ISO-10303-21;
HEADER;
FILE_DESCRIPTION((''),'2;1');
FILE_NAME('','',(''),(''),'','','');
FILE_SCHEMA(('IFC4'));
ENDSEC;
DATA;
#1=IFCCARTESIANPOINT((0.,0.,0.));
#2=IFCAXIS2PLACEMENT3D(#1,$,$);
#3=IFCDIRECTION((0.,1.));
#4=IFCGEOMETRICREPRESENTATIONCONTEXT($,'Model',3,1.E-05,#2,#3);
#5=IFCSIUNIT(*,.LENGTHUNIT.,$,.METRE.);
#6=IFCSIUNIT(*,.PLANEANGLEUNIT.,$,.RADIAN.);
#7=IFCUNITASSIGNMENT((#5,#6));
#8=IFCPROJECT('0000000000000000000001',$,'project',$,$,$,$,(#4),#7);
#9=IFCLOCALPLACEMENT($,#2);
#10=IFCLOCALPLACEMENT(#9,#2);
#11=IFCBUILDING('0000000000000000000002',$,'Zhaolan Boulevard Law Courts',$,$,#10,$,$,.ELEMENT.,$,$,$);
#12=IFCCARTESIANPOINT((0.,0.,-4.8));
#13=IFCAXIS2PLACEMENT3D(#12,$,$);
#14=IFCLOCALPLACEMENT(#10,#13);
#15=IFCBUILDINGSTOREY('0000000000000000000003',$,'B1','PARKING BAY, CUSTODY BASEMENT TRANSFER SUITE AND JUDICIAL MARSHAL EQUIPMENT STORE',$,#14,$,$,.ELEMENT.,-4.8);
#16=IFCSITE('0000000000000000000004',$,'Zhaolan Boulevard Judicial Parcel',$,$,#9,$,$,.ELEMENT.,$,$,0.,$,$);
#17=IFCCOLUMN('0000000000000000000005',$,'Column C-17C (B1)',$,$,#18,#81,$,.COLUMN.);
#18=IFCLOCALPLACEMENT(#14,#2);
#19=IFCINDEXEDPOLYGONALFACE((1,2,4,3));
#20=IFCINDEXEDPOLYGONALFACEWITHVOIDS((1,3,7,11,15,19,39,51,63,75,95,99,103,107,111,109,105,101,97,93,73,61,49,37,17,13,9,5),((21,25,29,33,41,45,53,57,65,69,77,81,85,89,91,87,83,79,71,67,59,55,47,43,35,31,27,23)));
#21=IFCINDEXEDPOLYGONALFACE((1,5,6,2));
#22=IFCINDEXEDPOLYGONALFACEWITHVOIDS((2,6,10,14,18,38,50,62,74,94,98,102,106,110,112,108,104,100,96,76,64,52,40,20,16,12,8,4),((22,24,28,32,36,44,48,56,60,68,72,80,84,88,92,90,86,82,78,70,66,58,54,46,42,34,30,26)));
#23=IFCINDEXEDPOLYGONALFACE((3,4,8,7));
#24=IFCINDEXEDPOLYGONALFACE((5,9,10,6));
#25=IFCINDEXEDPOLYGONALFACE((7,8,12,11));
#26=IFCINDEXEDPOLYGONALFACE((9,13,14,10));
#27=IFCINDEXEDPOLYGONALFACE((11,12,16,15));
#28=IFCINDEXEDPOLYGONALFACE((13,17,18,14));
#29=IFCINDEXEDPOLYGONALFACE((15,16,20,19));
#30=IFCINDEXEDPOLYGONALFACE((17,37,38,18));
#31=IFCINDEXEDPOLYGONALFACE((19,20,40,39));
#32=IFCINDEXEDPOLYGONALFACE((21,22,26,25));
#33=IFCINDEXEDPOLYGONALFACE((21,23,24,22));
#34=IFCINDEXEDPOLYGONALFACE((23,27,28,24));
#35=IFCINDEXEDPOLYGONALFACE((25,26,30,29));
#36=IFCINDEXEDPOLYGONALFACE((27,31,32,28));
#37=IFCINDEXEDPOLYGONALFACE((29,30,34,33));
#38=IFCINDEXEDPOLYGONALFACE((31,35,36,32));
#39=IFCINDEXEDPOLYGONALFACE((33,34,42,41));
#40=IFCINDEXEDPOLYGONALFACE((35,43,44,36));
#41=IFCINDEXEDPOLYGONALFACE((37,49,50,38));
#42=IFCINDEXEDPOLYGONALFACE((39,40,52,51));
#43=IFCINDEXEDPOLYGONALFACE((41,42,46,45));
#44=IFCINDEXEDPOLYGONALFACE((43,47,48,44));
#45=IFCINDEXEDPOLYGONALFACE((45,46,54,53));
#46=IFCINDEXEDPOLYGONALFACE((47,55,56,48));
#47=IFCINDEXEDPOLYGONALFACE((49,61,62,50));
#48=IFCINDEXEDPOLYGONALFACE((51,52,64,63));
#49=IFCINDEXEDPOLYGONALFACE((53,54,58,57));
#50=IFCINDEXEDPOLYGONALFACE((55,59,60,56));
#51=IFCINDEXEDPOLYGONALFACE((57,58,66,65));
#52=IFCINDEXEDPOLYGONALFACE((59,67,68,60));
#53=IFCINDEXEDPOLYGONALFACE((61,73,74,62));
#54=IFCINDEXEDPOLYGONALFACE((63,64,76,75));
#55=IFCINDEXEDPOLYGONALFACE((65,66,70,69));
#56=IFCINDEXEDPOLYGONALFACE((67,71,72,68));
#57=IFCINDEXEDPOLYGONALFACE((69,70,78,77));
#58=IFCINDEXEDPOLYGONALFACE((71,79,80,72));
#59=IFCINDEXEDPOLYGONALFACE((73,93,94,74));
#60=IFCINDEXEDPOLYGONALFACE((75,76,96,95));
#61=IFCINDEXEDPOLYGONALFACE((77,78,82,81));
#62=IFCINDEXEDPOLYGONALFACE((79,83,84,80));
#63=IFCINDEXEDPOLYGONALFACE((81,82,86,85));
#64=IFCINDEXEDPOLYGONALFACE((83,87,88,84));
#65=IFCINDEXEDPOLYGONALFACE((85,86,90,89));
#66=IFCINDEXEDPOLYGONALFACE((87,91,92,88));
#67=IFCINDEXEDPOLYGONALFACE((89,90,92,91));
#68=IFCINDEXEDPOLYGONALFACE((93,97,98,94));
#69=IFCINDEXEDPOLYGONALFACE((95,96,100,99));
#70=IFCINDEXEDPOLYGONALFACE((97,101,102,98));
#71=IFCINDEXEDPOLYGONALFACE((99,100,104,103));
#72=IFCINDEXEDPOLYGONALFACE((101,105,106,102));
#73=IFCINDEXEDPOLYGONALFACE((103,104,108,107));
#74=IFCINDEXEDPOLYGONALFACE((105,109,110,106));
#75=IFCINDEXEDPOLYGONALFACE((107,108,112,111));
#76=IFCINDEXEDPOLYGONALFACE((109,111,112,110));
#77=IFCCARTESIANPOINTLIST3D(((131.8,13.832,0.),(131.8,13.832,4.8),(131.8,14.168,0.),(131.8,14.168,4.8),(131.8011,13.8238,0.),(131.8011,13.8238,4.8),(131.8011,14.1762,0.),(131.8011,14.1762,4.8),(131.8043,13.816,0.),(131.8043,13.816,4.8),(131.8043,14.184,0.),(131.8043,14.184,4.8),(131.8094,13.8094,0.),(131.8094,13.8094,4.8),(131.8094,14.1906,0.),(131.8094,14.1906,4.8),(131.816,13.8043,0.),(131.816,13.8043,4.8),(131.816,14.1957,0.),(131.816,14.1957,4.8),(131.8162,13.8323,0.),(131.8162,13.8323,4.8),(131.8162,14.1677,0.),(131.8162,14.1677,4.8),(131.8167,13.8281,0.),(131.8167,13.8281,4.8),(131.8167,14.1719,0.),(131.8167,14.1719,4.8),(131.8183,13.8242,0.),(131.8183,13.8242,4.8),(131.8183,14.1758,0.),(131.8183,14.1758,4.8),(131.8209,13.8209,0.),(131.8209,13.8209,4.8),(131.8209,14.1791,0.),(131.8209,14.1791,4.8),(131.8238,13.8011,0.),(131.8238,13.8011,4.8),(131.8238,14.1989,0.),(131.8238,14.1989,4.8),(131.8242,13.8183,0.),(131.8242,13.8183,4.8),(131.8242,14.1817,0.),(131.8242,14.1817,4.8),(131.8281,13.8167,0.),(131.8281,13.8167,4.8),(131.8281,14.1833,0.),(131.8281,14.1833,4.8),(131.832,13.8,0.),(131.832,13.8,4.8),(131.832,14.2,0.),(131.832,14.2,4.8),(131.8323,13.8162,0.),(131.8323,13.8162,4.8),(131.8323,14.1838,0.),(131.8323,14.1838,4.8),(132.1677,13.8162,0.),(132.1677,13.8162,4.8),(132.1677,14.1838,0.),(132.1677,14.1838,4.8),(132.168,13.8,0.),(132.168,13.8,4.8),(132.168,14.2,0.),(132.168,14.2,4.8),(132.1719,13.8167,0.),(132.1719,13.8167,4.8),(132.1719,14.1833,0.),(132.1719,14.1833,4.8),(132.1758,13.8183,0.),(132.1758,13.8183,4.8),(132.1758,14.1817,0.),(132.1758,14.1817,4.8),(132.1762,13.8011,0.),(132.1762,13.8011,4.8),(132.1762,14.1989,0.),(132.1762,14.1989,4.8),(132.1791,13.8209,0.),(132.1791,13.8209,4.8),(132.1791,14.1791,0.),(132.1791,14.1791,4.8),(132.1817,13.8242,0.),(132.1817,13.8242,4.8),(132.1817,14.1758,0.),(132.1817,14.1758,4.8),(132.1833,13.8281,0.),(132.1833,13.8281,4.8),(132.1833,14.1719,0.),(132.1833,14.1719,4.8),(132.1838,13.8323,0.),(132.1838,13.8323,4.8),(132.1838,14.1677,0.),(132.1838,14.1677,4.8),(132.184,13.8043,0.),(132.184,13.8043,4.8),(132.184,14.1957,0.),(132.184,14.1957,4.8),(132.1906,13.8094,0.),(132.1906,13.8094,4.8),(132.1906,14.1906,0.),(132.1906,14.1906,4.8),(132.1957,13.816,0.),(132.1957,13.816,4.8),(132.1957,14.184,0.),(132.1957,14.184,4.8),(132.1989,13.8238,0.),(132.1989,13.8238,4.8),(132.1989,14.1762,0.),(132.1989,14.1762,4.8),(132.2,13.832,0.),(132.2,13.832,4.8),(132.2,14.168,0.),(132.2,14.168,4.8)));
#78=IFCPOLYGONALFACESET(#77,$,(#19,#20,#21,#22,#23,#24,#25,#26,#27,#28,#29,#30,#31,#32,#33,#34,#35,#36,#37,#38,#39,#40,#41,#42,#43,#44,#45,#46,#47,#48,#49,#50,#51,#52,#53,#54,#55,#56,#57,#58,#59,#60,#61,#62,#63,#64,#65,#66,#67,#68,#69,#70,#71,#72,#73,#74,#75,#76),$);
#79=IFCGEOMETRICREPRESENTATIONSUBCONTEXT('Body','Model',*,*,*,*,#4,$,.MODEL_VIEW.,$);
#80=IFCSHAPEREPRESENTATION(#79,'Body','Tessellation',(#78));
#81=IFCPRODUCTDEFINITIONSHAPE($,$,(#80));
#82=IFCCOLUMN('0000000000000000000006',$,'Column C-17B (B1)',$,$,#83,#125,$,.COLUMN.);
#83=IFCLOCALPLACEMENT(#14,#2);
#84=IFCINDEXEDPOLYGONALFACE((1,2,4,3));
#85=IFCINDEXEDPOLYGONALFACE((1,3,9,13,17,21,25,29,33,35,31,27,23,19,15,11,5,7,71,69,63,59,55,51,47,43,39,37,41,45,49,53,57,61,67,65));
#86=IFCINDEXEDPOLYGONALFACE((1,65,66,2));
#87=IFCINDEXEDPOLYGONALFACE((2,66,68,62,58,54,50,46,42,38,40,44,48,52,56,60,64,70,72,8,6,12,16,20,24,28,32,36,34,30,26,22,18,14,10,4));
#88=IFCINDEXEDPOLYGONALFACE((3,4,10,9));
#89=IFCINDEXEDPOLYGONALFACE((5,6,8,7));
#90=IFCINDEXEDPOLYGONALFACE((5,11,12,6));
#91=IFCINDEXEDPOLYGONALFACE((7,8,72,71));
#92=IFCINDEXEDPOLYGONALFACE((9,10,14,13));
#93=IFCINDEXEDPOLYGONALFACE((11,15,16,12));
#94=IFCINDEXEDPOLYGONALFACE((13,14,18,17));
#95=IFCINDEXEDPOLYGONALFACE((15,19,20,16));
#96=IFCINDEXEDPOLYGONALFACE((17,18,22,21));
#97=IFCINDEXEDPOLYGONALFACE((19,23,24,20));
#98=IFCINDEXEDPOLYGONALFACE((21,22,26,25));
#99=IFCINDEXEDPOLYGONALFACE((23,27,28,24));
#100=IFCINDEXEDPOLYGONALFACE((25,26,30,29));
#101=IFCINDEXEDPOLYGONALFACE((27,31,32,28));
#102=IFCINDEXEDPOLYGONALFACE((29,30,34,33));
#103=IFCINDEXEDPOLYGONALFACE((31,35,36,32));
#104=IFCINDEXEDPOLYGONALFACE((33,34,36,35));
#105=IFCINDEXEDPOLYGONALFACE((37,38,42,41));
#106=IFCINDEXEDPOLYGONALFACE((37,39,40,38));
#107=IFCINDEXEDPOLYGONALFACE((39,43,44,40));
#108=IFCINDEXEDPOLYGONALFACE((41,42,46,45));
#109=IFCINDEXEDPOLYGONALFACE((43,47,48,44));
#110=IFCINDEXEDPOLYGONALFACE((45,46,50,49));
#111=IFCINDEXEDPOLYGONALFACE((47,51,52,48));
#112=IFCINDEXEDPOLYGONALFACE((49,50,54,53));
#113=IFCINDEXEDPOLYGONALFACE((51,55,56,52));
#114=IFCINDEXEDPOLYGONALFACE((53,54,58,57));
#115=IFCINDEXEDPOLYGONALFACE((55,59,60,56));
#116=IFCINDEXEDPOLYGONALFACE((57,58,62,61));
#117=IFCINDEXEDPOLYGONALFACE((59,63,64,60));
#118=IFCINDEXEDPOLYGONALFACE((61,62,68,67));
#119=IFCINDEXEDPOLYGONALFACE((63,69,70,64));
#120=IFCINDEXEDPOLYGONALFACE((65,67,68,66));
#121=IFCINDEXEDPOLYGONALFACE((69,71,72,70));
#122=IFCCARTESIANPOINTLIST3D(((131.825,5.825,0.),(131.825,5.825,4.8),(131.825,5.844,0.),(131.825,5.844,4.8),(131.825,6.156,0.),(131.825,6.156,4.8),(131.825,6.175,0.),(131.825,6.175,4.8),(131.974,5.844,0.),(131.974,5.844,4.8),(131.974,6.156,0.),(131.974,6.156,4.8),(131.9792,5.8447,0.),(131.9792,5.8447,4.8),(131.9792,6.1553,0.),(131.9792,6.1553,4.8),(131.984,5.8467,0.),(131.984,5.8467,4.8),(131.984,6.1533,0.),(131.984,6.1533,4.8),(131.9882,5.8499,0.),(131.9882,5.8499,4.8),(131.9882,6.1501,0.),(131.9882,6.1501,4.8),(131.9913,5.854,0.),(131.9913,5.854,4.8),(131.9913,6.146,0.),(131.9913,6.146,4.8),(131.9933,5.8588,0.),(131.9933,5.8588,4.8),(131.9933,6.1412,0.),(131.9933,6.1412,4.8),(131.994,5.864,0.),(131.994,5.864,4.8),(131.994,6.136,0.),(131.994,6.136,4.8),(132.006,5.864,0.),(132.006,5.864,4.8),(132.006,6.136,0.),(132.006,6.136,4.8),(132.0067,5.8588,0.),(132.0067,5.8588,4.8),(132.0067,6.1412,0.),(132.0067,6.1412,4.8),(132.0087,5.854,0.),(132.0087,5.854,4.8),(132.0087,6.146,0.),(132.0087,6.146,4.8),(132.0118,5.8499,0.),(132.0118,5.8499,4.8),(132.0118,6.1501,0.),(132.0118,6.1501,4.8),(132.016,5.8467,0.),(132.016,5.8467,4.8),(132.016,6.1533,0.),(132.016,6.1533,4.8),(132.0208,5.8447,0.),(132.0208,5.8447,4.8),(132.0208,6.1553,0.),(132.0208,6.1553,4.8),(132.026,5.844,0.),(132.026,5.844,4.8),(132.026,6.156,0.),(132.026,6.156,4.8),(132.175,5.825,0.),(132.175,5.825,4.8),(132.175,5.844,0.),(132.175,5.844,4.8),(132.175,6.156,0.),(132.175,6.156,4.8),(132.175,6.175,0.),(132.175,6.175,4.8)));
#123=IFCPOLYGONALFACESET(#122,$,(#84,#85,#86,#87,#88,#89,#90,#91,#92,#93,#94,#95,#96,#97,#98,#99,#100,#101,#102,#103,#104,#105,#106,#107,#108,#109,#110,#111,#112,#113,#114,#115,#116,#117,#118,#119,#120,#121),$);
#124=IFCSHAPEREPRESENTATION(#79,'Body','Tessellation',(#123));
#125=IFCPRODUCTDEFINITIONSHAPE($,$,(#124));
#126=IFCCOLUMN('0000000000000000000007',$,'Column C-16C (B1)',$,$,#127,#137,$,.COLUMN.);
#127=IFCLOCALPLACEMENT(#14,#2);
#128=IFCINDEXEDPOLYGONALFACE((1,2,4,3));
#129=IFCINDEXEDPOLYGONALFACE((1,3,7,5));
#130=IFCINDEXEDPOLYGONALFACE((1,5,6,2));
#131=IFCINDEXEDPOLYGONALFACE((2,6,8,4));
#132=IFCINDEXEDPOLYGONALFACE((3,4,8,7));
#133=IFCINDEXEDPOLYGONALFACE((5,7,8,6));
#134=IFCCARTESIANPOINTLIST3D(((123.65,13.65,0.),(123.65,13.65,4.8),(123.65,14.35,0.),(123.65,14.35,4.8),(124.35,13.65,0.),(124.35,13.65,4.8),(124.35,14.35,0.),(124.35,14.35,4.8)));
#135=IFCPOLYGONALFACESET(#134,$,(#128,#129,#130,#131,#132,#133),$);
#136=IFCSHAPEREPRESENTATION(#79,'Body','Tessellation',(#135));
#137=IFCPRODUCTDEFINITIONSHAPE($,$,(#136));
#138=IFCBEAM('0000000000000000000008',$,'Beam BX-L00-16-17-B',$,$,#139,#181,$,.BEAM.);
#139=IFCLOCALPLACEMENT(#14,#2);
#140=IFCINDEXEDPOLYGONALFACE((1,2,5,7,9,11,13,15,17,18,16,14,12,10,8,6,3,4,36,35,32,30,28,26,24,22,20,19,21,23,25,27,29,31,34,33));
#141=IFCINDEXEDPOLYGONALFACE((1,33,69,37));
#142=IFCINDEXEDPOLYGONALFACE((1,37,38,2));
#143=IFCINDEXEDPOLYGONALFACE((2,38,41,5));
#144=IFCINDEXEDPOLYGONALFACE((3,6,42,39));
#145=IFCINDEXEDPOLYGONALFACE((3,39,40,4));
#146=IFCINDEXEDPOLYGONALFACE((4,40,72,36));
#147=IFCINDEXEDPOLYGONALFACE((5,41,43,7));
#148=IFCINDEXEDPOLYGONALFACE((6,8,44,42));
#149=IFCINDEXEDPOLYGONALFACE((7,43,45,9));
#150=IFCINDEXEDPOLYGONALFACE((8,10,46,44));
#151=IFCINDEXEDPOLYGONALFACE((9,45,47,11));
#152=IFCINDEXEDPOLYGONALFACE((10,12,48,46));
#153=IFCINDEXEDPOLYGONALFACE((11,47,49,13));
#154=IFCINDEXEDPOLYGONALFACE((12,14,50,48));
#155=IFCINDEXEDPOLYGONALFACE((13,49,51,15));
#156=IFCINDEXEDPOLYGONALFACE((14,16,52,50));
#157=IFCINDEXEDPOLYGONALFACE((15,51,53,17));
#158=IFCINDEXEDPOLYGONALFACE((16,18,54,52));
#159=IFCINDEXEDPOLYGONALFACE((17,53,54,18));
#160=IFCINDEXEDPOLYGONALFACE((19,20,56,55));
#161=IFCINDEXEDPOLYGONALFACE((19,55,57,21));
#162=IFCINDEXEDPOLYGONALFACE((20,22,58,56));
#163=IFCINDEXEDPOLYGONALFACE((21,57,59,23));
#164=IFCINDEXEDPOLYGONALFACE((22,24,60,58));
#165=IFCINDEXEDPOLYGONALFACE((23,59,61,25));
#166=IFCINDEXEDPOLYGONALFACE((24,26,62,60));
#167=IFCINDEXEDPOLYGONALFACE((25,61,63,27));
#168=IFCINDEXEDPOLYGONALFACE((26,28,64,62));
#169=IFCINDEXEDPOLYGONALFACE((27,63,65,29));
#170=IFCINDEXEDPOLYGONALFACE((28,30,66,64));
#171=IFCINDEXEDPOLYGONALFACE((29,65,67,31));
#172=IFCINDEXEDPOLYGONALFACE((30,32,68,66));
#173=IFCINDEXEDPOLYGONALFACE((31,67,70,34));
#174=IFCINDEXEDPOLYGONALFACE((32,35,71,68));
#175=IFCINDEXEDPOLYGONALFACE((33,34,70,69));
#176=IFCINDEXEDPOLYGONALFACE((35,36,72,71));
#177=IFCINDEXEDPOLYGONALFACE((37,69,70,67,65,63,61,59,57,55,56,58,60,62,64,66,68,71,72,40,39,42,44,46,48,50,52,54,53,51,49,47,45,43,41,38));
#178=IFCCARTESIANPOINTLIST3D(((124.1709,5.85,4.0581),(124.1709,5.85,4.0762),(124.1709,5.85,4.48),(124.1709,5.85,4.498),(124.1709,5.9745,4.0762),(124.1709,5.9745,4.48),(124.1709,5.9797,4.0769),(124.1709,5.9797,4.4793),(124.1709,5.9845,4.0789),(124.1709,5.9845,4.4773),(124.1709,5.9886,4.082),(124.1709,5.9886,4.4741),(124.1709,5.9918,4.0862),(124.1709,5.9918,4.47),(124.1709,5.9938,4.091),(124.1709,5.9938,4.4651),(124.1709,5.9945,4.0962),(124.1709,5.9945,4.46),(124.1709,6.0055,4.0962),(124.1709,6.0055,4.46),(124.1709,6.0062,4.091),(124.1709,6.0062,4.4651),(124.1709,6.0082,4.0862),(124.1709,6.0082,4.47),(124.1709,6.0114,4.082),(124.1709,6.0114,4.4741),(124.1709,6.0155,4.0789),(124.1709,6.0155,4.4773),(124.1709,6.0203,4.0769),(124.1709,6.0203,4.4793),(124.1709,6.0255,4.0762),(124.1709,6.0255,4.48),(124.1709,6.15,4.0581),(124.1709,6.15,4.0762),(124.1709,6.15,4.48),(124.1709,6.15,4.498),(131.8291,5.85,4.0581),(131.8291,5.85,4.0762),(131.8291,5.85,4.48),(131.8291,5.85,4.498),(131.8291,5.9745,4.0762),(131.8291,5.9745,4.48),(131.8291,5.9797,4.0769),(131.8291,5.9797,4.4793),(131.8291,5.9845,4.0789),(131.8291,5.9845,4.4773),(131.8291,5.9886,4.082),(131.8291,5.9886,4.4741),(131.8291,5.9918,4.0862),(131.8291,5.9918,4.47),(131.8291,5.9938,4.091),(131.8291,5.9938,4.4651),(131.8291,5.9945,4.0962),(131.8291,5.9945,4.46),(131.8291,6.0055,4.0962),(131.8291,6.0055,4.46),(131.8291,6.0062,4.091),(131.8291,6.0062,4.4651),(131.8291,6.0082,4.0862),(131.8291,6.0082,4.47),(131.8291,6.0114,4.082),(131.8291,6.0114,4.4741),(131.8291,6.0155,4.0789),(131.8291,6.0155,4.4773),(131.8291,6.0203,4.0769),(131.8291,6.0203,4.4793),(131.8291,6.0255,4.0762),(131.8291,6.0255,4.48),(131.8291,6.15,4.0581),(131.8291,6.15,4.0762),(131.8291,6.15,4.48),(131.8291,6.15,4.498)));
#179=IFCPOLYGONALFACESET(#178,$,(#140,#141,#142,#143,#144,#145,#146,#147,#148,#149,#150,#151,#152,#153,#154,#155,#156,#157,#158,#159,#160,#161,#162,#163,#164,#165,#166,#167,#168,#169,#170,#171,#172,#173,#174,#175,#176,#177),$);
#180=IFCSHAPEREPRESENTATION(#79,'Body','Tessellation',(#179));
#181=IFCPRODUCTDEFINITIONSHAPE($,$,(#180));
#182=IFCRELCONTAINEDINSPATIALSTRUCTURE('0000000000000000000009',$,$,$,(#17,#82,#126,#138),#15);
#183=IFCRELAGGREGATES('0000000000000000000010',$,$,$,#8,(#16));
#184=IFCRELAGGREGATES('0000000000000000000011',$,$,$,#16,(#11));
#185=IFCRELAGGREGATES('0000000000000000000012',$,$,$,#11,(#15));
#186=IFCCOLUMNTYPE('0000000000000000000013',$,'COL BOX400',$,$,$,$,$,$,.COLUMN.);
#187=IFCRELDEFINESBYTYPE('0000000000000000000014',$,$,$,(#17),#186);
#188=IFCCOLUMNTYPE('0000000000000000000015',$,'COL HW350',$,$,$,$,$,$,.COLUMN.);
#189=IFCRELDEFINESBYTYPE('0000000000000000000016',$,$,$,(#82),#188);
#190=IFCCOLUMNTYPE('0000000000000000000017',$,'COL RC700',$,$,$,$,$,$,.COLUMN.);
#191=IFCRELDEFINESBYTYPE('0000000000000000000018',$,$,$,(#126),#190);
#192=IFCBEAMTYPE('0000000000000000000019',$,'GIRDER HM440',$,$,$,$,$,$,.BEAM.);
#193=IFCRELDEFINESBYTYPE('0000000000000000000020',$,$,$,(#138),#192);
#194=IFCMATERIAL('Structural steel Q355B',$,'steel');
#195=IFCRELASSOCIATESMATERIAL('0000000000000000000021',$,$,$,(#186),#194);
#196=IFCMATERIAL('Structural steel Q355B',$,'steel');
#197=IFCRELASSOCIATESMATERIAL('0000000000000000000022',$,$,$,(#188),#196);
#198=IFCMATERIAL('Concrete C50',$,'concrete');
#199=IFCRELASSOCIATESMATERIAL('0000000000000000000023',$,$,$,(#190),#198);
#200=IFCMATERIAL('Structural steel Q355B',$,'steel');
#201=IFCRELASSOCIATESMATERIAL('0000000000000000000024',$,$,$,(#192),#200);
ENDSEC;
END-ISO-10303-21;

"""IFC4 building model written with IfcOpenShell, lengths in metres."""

from ifc_helpers import new_model, si_unit, direction, frame, origin, origin_2d, place, context, subcontext, project, spatial, rectangle, hollow_rectangle, i_section, extrude, material, material_profile, profile_set, type_object, element, save


model = new_model("IFC4")

# Units and contexts
model_context = context("Model", 3, precision=1e-05, world=origin(), true_north=direction((0.0, 1.0)))
body_context = subcontext(model_context, "Body", "Model", "MODEL_VIEW")
ifc_project = project(units=[si_unit("LENGTHUNIT", "METRE"), si_unit("PLANEANGLEUNIT", "RADIAN")], contexts=[model_context])

# Site, building, storey
site_placement = place(None, origin())
site = spatial("IfcSite", under=ifc_project, at=site_placement, Name="Zhaolan Boulevard Judicial Parcel", CompositionType="ELEMENT", RefElevation=0.0)
building_placement = place(site_placement, origin())
building = spatial("IfcBuilding", under=site, at=building_placement, Name="Zhaolan Boulevard Law Courts", CompositionType="ELEMENT")
storey_placement = place(building_placement, frame((0.0, 0.0, -4.8)))
storey = spatial("IfcBuildingStorey", under=building, at=storey_placement, Name="B1", Description="PARKING BAY, CUSTODY BASEMENT TRANSFER SUITE AND JUDICIAL MARSHAL EQUIPMENT STORE", CompositionType="ELEMENT", Elevation=-4.8)

# Columns
ifc_material_1 = material(Name="Structural steel Q355B", Category="steel")
ifc_material_profile_1 = material_profile(ifc_material_1, hollow_rectangle(XDim=0.3999, YDim=0.3999, WallThickness=0.0161, InnerFilletRadius=0.0161, OuterFilletRadius=0.032, at=origin_2d()), Name="BOX400x400x16")
ifc_profile_set_1 = profile_set([ifc_material_profile_1], Name="Structural steel Q355B")
column_type_1 = type_object("IfcColumnType", Name="COL BOX400", PredefinedType="COLUMN", material=ifc_profile_set_1)
column_1_placement = place(storey_placement, frame((132.0, 14.0, 0.0), z_axis=(0.0, 0.0, 1.0), x_axis=(1.0, 0.0, 0.0)))
element("IfcColumn", 1, at=column_1_placement, inside=storey, type_object=column_type_1, Name="Column C-17C (B1)", PredefinedType="COLUMN", context=body_context, shape_type="SweptSolid", body=[
    extrude(hollow_rectangle(XDim=0.3999, YDim=0.3999, WallThickness=0.0161, InnerFilletRadius=0.0161, OuterFilletRadius=0.032, at=origin_2d()), origin(), (0.0, 0.0, 1.0), 4.8),
])
ifc_material_2 = material(Name="Structural steel Q355B", Category="steel")
ifc_material_profile_2 = material_profile(ifc_material_2, i_section(OverallWidth=0.3501, OverallDepth=0.3501, WebThickness=0.012, FlangeThickness=0.019, FilletRadius=0.02, at=origin_2d()), Name="HW350x350")
ifc_profile_set_2 = profile_set([ifc_material_profile_2], Name="Structural steel Q355B")
column_type_2 = type_object("IfcColumnType", Name="COL HW350", PredefinedType="COLUMN", material=ifc_profile_set_2)
column_2_placement = place(storey_placement, frame((132.0, 6.0, 0.0), z_axis=(0.0, 0.0, 1.0), x_axis=(1.0, 0.0, 0.0)))
element("IfcColumn", 2, at=column_2_placement, inside=storey, type_object=column_type_2, Name="Column C-17B (B1)", PredefinedType="COLUMN", context=body_context, shape_type="SweptSolid", body=[
    extrude(i_section(OverallWidth=0.3501, OverallDepth=0.3501, WebThickness=0.012, FlangeThickness=0.019, FilletRadius=0.02, at=origin_2d()), origin(), (0.0, 0.0, 1.0), 4.8),
])
ifc_material_3 = material(Name="Concrete C50", Category="concrete")
ifc_material_profile_3 = material_profile(ifc_material_3, rectangle(XDim=0.7, YDim=0.7, at=origin_2d()), Name="RC700x700")
ifc_profile_set_3 = profile_set([ifc_material_profile_3], Name="Concrete C50")
column_type_3 = type_object("IfcColumnType", Name="COL RC700", PredefinedType="COLUMN", material=ifc_profile_set_3)
column_3_placement = place(storey_placement, frame((124.0, 14.0, 0.0), z_axis=(0.0, 0.0, 1.0), x_axis=(1.0, 0.0, 0.0)))
element("IfcColumn", 3, at=column_3_placement, inside=storey, type_object=column_type_3, Name="Column C-16C (B1)", PredefinedType="COLUMN", context=body_context, shape_type="SweptSolid", body=[
    extrude(rectangle(XDim=0.7, YDim=0.7, at=origin_2d()), origin(), (0.0, 0.0, 1.0), 4.8),
])

# Beam
ifc_material_4 = material(Name="Structural steel Q355B", Category="steel")
ifc_material_profile_4 = material_profile(ifc_material_4, i_section(OverallWidth=0.3, OverallDepth=0.4399, WebThickness=0.011, FlangeThickness=0.0181, FilletRadius=0.02, at=origin_2d()), Name="HM440x300")
ifc_profile_set_4 = profile_set([ifc_material_profile_4], Name="Structural steel Q355B")
beam_type_1 = type_object("IfcBeamType", Name="GIRDER HM440", PredefinedType="BEAM", material=ifc_profile_set_4)
for number, where, z_axis, x_axis, name in (
    (4, (124.1709, 6.0, 4.2781), (1.0, 0.0, 0.0), (0.0, 1.0, 0.0), "Beam BX-L00-16-17-B"),
):
    element("IfcBeam", number, at=place(storey_placement, frame(where, z_axis=z_axis, x_axis=x_axis)), inside=storey, type_object=beam_type_1, Name=name, PredefinedType="BEAM", context=body_context, shape_type="SweptSolid", body=[
        extrude(i_section(OverallWidth=0.3, OverallDepth=0.4399, WebThickness=0.011, FlangeThickness=0.0181, FilletRadius=0.02, at=origin_2d()), origin(), (0.0, 0.0, 1.0), 7.6582),
    ])

save(model, "model.ifc")
